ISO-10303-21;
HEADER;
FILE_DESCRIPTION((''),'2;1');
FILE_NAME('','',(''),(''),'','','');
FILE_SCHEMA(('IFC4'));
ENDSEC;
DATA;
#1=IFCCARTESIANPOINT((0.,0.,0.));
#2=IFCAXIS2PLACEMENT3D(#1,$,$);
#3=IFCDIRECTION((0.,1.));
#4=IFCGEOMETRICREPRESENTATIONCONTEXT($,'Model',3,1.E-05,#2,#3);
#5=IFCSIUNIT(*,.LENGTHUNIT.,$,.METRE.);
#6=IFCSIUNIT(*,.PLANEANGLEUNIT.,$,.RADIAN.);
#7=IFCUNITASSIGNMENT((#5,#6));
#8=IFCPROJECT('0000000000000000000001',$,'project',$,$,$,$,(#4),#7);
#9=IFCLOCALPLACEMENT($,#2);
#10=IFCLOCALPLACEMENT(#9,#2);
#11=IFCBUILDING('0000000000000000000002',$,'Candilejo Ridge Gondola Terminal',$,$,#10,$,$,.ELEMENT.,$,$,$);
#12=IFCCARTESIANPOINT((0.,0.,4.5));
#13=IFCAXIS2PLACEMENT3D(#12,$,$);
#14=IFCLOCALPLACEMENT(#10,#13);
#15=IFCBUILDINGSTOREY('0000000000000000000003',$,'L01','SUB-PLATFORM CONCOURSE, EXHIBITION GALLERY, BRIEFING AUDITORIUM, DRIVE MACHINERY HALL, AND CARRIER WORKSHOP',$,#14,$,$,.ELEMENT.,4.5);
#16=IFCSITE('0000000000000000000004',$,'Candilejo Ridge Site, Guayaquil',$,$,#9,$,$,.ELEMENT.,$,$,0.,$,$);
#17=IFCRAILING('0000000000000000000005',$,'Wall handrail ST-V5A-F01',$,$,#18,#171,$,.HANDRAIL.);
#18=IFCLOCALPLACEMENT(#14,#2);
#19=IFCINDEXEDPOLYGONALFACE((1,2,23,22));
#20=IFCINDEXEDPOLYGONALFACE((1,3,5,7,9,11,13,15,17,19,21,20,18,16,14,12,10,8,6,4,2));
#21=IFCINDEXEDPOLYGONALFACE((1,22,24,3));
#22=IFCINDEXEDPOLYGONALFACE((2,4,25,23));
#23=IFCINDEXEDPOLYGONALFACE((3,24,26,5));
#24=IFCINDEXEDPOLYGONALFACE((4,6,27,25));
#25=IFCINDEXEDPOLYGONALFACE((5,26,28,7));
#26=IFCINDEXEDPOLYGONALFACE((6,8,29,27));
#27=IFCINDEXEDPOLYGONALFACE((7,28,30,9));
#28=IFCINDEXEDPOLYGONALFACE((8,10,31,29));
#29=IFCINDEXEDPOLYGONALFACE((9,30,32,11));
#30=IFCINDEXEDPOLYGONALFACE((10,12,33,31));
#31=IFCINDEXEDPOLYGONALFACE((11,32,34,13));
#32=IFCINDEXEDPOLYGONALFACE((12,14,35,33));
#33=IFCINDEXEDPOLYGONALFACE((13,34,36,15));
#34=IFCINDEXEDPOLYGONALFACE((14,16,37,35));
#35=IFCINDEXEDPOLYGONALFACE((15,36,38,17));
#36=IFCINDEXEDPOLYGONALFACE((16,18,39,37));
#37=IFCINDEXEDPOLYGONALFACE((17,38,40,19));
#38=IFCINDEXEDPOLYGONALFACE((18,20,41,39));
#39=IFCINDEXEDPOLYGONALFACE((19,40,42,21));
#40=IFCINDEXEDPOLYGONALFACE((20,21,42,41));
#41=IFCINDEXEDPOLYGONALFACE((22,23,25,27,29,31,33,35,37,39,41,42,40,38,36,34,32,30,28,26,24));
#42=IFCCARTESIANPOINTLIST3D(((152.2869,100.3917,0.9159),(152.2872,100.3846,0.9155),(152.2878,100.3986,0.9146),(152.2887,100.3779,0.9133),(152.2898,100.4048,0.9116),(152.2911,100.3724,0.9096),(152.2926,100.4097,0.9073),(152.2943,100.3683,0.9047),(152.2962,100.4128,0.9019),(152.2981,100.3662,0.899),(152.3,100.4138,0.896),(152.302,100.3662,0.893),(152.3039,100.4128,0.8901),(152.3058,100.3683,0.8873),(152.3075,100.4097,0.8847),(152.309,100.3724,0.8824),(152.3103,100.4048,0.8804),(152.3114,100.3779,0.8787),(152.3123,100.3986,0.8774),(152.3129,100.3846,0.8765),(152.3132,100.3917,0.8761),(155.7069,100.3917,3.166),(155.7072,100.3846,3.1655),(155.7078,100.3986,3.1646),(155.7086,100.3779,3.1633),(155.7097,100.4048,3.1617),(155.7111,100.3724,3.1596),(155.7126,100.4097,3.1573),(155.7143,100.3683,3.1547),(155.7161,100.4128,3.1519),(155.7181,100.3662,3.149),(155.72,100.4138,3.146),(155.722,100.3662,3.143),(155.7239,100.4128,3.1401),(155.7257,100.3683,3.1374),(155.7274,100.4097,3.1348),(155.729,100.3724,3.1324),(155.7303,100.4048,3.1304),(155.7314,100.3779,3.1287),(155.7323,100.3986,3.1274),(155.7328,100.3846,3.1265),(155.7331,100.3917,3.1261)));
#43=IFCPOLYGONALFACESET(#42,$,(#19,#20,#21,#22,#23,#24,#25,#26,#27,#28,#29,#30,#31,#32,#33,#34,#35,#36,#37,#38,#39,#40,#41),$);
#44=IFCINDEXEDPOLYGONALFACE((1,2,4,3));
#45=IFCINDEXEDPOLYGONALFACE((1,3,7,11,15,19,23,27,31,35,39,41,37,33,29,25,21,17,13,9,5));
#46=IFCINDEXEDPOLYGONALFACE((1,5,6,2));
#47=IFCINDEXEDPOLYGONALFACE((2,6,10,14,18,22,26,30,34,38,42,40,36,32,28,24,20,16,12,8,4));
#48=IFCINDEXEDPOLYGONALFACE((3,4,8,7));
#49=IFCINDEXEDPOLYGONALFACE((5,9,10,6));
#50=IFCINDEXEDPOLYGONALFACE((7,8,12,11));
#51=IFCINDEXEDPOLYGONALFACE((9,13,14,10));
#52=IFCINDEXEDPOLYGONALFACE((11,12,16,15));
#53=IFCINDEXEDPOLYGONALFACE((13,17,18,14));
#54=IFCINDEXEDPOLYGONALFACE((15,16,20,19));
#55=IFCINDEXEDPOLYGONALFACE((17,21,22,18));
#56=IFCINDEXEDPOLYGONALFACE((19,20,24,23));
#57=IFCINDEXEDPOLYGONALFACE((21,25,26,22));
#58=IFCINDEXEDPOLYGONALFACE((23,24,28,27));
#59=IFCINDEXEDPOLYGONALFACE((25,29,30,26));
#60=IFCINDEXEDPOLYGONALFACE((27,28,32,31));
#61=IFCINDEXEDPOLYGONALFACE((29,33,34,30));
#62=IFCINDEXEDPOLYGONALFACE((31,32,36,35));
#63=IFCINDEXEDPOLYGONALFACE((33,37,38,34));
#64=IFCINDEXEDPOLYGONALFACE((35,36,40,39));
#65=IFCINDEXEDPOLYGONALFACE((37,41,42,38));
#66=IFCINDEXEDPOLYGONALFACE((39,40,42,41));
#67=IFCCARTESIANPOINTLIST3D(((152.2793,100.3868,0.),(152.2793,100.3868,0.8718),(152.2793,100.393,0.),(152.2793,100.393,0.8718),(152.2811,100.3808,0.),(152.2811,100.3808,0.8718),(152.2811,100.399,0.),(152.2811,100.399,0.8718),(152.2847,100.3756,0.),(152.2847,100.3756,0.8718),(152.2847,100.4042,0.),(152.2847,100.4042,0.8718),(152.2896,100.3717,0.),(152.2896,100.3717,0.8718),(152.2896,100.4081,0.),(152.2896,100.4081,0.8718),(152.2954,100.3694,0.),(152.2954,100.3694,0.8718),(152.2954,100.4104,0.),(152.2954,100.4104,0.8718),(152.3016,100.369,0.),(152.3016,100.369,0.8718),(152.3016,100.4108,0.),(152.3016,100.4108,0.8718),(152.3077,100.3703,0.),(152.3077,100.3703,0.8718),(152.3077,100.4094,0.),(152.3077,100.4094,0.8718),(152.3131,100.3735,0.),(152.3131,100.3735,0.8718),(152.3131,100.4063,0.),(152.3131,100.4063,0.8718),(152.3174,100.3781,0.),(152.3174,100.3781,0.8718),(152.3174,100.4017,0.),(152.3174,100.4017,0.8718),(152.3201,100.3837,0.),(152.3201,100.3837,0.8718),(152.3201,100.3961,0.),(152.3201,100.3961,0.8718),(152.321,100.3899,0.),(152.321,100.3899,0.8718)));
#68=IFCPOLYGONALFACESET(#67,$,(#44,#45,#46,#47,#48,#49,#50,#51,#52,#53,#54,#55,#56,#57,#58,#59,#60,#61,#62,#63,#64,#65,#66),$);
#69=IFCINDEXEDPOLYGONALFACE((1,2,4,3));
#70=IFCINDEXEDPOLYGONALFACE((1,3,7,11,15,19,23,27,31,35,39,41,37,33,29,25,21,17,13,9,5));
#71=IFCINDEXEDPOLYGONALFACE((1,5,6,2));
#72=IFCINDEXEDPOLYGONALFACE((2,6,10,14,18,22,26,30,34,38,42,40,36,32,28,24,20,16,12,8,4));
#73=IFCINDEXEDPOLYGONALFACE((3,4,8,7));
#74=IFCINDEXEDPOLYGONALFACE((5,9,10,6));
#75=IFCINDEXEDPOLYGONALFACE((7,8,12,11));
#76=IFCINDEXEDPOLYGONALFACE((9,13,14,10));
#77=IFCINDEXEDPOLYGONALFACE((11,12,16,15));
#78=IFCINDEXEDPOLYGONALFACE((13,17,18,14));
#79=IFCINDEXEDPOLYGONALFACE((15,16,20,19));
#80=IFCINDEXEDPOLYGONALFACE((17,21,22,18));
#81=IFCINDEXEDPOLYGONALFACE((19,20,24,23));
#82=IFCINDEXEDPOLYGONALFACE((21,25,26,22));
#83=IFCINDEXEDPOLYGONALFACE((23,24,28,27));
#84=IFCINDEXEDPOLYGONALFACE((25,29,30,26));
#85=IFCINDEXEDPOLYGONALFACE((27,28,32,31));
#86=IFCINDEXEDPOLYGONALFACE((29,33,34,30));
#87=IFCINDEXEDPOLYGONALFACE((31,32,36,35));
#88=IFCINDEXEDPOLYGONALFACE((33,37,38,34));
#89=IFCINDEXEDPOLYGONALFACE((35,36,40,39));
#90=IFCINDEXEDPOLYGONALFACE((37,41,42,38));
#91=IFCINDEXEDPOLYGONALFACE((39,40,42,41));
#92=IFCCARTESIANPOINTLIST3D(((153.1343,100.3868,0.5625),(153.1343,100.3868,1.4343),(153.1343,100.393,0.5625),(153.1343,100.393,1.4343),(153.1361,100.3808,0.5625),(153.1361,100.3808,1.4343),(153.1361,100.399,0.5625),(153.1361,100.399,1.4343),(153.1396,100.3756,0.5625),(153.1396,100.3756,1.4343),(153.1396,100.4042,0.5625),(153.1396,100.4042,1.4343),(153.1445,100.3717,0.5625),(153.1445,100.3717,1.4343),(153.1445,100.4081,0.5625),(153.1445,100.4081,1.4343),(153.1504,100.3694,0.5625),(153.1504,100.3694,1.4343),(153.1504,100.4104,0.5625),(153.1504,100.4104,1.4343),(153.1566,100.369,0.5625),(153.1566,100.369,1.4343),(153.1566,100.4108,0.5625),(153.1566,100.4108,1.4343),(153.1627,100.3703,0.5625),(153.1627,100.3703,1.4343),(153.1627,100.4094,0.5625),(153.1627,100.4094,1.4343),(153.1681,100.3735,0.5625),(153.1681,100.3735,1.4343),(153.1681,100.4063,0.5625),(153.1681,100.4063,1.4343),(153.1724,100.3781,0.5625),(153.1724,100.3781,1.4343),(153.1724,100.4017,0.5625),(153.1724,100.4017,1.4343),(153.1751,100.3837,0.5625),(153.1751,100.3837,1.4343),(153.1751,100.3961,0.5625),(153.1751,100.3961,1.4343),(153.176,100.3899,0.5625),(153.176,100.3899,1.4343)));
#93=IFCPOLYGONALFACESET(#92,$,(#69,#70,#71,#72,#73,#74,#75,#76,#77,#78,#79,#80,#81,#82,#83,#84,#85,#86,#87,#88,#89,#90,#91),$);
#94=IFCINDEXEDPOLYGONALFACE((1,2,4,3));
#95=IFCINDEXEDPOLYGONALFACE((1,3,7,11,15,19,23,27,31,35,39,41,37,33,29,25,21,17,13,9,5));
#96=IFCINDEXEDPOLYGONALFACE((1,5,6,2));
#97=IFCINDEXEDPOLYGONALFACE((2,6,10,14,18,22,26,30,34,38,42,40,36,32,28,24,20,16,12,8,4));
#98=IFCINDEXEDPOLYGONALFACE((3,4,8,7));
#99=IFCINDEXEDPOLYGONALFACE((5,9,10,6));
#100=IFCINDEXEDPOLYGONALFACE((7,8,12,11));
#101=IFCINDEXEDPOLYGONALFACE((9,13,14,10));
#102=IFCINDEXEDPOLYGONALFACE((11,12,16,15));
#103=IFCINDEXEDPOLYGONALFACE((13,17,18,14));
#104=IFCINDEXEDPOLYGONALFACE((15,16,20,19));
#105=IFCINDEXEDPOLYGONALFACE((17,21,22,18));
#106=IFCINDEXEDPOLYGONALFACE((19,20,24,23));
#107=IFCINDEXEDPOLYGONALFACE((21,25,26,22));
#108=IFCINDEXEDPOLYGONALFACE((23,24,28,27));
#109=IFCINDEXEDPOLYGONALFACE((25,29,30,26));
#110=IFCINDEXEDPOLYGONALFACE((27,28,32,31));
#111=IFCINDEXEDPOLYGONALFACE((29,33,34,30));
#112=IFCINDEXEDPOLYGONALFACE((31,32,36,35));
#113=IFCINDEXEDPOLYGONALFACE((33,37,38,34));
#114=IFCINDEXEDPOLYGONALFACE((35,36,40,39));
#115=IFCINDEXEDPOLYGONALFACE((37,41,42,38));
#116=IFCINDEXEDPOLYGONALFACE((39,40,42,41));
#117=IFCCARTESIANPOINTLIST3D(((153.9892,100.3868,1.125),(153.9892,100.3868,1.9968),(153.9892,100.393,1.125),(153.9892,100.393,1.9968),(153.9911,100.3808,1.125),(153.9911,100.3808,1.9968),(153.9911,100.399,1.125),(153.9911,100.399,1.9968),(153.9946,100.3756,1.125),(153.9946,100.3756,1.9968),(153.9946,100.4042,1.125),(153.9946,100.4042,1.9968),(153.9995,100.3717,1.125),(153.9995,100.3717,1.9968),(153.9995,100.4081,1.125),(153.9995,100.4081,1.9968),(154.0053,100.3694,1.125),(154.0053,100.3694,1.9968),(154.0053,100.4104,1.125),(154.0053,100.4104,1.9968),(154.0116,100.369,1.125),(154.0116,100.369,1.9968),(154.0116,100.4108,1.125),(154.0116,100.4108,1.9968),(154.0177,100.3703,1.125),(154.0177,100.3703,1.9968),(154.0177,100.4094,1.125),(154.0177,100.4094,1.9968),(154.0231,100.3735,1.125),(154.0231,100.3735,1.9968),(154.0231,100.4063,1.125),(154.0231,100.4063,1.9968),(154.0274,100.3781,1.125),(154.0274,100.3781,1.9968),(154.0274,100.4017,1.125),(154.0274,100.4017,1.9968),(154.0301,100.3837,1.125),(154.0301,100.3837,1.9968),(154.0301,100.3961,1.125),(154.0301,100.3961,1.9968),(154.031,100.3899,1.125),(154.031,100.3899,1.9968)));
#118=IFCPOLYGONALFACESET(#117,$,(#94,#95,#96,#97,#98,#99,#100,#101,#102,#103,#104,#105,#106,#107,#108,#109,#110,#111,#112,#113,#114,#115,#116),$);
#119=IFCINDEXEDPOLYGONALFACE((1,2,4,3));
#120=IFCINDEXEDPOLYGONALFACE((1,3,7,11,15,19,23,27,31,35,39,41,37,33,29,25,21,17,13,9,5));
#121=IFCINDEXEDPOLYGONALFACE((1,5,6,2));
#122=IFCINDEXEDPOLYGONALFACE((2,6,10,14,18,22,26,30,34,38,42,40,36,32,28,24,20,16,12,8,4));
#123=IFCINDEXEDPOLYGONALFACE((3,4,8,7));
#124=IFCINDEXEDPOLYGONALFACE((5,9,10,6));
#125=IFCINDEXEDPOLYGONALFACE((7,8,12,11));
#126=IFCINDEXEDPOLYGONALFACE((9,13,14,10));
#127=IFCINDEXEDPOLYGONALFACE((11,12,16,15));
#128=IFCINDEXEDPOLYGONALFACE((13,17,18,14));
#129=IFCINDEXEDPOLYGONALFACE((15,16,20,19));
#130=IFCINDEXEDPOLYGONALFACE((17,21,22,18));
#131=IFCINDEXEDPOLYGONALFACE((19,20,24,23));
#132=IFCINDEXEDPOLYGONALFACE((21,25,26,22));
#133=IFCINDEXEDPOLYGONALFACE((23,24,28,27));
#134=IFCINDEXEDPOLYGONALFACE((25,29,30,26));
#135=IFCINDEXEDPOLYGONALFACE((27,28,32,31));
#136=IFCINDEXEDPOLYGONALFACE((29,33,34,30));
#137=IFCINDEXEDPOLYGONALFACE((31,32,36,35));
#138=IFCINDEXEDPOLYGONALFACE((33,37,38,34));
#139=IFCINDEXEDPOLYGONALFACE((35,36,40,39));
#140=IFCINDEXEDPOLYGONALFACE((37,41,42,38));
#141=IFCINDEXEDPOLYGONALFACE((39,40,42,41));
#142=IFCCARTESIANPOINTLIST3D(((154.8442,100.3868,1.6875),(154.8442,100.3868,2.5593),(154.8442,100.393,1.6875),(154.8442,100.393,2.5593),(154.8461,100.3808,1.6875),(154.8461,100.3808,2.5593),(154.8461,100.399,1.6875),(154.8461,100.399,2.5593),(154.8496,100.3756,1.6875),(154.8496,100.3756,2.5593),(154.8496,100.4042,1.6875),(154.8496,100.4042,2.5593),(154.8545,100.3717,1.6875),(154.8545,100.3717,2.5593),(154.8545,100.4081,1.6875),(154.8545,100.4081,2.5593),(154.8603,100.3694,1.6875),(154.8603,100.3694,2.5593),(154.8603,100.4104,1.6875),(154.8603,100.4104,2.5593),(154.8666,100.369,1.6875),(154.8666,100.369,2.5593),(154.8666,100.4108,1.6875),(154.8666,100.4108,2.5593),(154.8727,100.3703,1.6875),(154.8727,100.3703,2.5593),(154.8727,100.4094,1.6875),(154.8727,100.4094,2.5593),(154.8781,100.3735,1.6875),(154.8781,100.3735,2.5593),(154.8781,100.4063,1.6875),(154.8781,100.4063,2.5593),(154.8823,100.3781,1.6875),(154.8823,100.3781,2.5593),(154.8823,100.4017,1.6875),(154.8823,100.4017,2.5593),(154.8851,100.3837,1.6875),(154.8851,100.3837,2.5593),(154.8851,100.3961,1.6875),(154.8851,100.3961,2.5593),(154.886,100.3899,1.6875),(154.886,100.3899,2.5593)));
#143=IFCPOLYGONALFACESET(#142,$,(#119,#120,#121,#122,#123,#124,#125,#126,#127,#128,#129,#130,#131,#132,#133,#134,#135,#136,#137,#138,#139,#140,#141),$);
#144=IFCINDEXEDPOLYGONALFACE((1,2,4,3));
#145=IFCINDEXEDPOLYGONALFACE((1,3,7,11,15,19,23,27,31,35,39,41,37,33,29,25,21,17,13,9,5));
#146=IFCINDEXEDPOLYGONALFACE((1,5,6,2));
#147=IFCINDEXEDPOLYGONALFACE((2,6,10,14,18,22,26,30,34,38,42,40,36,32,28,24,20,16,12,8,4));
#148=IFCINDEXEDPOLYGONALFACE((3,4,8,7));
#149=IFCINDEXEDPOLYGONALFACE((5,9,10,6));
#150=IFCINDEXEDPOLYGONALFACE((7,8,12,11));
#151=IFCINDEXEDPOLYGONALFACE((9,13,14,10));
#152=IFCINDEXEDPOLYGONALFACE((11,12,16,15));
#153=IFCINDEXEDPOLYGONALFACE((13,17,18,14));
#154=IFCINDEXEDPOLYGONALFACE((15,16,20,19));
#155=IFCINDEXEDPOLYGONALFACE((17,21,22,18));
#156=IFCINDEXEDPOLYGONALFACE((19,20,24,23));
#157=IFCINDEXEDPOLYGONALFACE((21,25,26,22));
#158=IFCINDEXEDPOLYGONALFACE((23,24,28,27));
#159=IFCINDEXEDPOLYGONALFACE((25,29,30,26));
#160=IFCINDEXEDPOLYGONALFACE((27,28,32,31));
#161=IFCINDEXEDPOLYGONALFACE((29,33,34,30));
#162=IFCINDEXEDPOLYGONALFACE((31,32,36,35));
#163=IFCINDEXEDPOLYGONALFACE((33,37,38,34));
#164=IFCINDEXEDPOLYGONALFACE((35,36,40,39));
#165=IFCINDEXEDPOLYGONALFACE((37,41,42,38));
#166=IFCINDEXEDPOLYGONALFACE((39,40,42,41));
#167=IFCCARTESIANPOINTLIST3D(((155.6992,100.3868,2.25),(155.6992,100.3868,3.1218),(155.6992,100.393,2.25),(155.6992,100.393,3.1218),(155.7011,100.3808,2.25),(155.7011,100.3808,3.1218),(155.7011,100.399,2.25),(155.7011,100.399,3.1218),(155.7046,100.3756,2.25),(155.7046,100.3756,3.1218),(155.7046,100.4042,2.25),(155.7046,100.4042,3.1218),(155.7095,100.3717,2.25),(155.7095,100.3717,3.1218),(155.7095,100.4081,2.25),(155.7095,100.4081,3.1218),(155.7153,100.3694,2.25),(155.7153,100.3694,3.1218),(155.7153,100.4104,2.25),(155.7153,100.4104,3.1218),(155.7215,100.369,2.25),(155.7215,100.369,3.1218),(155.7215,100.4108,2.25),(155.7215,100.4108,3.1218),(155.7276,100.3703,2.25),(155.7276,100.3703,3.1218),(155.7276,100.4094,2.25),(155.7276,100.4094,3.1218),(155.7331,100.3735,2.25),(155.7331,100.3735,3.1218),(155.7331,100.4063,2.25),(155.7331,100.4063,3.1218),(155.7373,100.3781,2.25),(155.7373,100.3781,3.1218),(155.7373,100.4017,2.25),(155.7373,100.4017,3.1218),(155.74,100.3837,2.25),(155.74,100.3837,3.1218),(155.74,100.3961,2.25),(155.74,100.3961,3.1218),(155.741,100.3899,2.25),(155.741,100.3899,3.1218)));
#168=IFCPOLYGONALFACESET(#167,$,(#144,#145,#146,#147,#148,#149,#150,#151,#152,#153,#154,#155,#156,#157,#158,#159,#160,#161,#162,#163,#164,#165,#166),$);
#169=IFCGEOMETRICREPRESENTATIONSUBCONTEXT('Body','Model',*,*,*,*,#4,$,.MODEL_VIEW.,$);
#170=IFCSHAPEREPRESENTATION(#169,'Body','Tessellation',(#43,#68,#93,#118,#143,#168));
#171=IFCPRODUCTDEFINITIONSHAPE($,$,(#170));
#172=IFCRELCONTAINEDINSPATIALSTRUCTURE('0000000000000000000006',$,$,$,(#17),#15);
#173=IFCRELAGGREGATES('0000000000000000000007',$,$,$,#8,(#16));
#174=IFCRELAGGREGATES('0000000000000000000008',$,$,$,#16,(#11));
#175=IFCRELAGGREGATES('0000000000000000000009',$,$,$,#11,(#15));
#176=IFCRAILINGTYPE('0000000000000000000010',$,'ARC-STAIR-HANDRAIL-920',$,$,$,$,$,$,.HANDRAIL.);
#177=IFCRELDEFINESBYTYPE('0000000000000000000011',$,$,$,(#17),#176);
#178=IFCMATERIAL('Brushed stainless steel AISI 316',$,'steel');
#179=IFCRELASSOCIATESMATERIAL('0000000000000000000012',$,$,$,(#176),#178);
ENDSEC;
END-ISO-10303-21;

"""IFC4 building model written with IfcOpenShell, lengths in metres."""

from ifc_helpers import new_model, si_unit, direction, frame, origin, origin_2d, place, context, subcontext, project, spatial, circle, extrude, material, type_object, element, save


model = new_model("IFC4")

# Units and contexts
model_context = context("Model", 3, precision=1e-05, world=origin(), true_north=direction((0.0, 1.0)))
body_context = subcontext(model_context, "Body", "Model", "MODEL_VIEW")
ifc_project = project(units=[si_unit("LENGTHUNIT", "METRE"), si_unit("PLANEANGLEUNIT", "RADIAN")], contexts=[model_context])

# Site, building, storey
site_placement = place(None, origin())
site = spatial("IfcSite", under=ifc_project, at=site_placement, Name="Candilejo Ridge Site, Guayaquil", CompositionType="ELEMENT", RefElevation=0.0)
building_placement = place(site_placement, origin())
building = spatial("IfcBuilding", under=site, at=building_placement, Name="Candilejo Ridge Gondola Terminal", CompositionType="ELEMENT")
storey_placement = place(building_placement, frame((0.0, 0.0, 4.5)))
storey = spatial("IfcBuildingStorey", under=building, at=storey_placement, Name="L01", Description="SUB-PLATFORM CONCOURSE, EXHIBITION GALLERY, BRIEFING AUDITORIUM, DRIVE MACHINERY HALL, AND CARRIER WORKSHOP", CompositionType="ELEMENT", Elevation=4.5)

# Railing
ifc_material_1 = material(Name="Brushed stainless steel AISI 316", Category="steel")
railing_type_1 = type_object("IfcRailingType", Name="ARC-STAIR-HANDRAIL-920", PredefinedType="HANDRAIL", material=ifc_material_1)
railing_1_placement = place(storey_placement, frame((152.3, 100.3899, 0.0)))
element("IfcRailing", 1, at=railing_1_placement, inside=storey, type_object=railing_type_1, Name="Wall handrail ST-V5A-F01", PredefinedType="HANDRAIL", context=body_context, shape_type="SweptSolid", body=[
    extrude(circle(Radius=0.0239, at=origin_2d()), frame((0.0, 0.0, 0.896), z_axis=(0.835411, 0.0, 0.549625), x_axis=(0.0, 1.0, 0.0)), (0.0, 0.0, 1.0), 4.0938),
    extrude(circle(Radius=0.021, at=origin_2d()), origin(), (0.0, 0.0, 1.0), 0.8718),
    extrude(circle(Radius=0.021, at=origin_2d()), frame((0.855, 0.0, 0.5625)), (0.0, 0.0, 1.0), 0.8718),
    extrude(circle(Radius=0.021, at=origin_2d()), frame((1.71, 0.0, 1.125)), (0.0, 0.0, 1.0), 0.8718),
    extrude(circle(Radius=0.021, at=origin_2d()), frame((2.5649, 0.0, 1.6875)), (0.0, 0.0, 1.0), 0.8718),
    extrude(circle(Radius=0.021, at=origin_2d()), frame((3.4199, 0.0, 2.25)), (0.0, 0.0, 1.0), 0.8718),
])

save(model, "model.ifc")
